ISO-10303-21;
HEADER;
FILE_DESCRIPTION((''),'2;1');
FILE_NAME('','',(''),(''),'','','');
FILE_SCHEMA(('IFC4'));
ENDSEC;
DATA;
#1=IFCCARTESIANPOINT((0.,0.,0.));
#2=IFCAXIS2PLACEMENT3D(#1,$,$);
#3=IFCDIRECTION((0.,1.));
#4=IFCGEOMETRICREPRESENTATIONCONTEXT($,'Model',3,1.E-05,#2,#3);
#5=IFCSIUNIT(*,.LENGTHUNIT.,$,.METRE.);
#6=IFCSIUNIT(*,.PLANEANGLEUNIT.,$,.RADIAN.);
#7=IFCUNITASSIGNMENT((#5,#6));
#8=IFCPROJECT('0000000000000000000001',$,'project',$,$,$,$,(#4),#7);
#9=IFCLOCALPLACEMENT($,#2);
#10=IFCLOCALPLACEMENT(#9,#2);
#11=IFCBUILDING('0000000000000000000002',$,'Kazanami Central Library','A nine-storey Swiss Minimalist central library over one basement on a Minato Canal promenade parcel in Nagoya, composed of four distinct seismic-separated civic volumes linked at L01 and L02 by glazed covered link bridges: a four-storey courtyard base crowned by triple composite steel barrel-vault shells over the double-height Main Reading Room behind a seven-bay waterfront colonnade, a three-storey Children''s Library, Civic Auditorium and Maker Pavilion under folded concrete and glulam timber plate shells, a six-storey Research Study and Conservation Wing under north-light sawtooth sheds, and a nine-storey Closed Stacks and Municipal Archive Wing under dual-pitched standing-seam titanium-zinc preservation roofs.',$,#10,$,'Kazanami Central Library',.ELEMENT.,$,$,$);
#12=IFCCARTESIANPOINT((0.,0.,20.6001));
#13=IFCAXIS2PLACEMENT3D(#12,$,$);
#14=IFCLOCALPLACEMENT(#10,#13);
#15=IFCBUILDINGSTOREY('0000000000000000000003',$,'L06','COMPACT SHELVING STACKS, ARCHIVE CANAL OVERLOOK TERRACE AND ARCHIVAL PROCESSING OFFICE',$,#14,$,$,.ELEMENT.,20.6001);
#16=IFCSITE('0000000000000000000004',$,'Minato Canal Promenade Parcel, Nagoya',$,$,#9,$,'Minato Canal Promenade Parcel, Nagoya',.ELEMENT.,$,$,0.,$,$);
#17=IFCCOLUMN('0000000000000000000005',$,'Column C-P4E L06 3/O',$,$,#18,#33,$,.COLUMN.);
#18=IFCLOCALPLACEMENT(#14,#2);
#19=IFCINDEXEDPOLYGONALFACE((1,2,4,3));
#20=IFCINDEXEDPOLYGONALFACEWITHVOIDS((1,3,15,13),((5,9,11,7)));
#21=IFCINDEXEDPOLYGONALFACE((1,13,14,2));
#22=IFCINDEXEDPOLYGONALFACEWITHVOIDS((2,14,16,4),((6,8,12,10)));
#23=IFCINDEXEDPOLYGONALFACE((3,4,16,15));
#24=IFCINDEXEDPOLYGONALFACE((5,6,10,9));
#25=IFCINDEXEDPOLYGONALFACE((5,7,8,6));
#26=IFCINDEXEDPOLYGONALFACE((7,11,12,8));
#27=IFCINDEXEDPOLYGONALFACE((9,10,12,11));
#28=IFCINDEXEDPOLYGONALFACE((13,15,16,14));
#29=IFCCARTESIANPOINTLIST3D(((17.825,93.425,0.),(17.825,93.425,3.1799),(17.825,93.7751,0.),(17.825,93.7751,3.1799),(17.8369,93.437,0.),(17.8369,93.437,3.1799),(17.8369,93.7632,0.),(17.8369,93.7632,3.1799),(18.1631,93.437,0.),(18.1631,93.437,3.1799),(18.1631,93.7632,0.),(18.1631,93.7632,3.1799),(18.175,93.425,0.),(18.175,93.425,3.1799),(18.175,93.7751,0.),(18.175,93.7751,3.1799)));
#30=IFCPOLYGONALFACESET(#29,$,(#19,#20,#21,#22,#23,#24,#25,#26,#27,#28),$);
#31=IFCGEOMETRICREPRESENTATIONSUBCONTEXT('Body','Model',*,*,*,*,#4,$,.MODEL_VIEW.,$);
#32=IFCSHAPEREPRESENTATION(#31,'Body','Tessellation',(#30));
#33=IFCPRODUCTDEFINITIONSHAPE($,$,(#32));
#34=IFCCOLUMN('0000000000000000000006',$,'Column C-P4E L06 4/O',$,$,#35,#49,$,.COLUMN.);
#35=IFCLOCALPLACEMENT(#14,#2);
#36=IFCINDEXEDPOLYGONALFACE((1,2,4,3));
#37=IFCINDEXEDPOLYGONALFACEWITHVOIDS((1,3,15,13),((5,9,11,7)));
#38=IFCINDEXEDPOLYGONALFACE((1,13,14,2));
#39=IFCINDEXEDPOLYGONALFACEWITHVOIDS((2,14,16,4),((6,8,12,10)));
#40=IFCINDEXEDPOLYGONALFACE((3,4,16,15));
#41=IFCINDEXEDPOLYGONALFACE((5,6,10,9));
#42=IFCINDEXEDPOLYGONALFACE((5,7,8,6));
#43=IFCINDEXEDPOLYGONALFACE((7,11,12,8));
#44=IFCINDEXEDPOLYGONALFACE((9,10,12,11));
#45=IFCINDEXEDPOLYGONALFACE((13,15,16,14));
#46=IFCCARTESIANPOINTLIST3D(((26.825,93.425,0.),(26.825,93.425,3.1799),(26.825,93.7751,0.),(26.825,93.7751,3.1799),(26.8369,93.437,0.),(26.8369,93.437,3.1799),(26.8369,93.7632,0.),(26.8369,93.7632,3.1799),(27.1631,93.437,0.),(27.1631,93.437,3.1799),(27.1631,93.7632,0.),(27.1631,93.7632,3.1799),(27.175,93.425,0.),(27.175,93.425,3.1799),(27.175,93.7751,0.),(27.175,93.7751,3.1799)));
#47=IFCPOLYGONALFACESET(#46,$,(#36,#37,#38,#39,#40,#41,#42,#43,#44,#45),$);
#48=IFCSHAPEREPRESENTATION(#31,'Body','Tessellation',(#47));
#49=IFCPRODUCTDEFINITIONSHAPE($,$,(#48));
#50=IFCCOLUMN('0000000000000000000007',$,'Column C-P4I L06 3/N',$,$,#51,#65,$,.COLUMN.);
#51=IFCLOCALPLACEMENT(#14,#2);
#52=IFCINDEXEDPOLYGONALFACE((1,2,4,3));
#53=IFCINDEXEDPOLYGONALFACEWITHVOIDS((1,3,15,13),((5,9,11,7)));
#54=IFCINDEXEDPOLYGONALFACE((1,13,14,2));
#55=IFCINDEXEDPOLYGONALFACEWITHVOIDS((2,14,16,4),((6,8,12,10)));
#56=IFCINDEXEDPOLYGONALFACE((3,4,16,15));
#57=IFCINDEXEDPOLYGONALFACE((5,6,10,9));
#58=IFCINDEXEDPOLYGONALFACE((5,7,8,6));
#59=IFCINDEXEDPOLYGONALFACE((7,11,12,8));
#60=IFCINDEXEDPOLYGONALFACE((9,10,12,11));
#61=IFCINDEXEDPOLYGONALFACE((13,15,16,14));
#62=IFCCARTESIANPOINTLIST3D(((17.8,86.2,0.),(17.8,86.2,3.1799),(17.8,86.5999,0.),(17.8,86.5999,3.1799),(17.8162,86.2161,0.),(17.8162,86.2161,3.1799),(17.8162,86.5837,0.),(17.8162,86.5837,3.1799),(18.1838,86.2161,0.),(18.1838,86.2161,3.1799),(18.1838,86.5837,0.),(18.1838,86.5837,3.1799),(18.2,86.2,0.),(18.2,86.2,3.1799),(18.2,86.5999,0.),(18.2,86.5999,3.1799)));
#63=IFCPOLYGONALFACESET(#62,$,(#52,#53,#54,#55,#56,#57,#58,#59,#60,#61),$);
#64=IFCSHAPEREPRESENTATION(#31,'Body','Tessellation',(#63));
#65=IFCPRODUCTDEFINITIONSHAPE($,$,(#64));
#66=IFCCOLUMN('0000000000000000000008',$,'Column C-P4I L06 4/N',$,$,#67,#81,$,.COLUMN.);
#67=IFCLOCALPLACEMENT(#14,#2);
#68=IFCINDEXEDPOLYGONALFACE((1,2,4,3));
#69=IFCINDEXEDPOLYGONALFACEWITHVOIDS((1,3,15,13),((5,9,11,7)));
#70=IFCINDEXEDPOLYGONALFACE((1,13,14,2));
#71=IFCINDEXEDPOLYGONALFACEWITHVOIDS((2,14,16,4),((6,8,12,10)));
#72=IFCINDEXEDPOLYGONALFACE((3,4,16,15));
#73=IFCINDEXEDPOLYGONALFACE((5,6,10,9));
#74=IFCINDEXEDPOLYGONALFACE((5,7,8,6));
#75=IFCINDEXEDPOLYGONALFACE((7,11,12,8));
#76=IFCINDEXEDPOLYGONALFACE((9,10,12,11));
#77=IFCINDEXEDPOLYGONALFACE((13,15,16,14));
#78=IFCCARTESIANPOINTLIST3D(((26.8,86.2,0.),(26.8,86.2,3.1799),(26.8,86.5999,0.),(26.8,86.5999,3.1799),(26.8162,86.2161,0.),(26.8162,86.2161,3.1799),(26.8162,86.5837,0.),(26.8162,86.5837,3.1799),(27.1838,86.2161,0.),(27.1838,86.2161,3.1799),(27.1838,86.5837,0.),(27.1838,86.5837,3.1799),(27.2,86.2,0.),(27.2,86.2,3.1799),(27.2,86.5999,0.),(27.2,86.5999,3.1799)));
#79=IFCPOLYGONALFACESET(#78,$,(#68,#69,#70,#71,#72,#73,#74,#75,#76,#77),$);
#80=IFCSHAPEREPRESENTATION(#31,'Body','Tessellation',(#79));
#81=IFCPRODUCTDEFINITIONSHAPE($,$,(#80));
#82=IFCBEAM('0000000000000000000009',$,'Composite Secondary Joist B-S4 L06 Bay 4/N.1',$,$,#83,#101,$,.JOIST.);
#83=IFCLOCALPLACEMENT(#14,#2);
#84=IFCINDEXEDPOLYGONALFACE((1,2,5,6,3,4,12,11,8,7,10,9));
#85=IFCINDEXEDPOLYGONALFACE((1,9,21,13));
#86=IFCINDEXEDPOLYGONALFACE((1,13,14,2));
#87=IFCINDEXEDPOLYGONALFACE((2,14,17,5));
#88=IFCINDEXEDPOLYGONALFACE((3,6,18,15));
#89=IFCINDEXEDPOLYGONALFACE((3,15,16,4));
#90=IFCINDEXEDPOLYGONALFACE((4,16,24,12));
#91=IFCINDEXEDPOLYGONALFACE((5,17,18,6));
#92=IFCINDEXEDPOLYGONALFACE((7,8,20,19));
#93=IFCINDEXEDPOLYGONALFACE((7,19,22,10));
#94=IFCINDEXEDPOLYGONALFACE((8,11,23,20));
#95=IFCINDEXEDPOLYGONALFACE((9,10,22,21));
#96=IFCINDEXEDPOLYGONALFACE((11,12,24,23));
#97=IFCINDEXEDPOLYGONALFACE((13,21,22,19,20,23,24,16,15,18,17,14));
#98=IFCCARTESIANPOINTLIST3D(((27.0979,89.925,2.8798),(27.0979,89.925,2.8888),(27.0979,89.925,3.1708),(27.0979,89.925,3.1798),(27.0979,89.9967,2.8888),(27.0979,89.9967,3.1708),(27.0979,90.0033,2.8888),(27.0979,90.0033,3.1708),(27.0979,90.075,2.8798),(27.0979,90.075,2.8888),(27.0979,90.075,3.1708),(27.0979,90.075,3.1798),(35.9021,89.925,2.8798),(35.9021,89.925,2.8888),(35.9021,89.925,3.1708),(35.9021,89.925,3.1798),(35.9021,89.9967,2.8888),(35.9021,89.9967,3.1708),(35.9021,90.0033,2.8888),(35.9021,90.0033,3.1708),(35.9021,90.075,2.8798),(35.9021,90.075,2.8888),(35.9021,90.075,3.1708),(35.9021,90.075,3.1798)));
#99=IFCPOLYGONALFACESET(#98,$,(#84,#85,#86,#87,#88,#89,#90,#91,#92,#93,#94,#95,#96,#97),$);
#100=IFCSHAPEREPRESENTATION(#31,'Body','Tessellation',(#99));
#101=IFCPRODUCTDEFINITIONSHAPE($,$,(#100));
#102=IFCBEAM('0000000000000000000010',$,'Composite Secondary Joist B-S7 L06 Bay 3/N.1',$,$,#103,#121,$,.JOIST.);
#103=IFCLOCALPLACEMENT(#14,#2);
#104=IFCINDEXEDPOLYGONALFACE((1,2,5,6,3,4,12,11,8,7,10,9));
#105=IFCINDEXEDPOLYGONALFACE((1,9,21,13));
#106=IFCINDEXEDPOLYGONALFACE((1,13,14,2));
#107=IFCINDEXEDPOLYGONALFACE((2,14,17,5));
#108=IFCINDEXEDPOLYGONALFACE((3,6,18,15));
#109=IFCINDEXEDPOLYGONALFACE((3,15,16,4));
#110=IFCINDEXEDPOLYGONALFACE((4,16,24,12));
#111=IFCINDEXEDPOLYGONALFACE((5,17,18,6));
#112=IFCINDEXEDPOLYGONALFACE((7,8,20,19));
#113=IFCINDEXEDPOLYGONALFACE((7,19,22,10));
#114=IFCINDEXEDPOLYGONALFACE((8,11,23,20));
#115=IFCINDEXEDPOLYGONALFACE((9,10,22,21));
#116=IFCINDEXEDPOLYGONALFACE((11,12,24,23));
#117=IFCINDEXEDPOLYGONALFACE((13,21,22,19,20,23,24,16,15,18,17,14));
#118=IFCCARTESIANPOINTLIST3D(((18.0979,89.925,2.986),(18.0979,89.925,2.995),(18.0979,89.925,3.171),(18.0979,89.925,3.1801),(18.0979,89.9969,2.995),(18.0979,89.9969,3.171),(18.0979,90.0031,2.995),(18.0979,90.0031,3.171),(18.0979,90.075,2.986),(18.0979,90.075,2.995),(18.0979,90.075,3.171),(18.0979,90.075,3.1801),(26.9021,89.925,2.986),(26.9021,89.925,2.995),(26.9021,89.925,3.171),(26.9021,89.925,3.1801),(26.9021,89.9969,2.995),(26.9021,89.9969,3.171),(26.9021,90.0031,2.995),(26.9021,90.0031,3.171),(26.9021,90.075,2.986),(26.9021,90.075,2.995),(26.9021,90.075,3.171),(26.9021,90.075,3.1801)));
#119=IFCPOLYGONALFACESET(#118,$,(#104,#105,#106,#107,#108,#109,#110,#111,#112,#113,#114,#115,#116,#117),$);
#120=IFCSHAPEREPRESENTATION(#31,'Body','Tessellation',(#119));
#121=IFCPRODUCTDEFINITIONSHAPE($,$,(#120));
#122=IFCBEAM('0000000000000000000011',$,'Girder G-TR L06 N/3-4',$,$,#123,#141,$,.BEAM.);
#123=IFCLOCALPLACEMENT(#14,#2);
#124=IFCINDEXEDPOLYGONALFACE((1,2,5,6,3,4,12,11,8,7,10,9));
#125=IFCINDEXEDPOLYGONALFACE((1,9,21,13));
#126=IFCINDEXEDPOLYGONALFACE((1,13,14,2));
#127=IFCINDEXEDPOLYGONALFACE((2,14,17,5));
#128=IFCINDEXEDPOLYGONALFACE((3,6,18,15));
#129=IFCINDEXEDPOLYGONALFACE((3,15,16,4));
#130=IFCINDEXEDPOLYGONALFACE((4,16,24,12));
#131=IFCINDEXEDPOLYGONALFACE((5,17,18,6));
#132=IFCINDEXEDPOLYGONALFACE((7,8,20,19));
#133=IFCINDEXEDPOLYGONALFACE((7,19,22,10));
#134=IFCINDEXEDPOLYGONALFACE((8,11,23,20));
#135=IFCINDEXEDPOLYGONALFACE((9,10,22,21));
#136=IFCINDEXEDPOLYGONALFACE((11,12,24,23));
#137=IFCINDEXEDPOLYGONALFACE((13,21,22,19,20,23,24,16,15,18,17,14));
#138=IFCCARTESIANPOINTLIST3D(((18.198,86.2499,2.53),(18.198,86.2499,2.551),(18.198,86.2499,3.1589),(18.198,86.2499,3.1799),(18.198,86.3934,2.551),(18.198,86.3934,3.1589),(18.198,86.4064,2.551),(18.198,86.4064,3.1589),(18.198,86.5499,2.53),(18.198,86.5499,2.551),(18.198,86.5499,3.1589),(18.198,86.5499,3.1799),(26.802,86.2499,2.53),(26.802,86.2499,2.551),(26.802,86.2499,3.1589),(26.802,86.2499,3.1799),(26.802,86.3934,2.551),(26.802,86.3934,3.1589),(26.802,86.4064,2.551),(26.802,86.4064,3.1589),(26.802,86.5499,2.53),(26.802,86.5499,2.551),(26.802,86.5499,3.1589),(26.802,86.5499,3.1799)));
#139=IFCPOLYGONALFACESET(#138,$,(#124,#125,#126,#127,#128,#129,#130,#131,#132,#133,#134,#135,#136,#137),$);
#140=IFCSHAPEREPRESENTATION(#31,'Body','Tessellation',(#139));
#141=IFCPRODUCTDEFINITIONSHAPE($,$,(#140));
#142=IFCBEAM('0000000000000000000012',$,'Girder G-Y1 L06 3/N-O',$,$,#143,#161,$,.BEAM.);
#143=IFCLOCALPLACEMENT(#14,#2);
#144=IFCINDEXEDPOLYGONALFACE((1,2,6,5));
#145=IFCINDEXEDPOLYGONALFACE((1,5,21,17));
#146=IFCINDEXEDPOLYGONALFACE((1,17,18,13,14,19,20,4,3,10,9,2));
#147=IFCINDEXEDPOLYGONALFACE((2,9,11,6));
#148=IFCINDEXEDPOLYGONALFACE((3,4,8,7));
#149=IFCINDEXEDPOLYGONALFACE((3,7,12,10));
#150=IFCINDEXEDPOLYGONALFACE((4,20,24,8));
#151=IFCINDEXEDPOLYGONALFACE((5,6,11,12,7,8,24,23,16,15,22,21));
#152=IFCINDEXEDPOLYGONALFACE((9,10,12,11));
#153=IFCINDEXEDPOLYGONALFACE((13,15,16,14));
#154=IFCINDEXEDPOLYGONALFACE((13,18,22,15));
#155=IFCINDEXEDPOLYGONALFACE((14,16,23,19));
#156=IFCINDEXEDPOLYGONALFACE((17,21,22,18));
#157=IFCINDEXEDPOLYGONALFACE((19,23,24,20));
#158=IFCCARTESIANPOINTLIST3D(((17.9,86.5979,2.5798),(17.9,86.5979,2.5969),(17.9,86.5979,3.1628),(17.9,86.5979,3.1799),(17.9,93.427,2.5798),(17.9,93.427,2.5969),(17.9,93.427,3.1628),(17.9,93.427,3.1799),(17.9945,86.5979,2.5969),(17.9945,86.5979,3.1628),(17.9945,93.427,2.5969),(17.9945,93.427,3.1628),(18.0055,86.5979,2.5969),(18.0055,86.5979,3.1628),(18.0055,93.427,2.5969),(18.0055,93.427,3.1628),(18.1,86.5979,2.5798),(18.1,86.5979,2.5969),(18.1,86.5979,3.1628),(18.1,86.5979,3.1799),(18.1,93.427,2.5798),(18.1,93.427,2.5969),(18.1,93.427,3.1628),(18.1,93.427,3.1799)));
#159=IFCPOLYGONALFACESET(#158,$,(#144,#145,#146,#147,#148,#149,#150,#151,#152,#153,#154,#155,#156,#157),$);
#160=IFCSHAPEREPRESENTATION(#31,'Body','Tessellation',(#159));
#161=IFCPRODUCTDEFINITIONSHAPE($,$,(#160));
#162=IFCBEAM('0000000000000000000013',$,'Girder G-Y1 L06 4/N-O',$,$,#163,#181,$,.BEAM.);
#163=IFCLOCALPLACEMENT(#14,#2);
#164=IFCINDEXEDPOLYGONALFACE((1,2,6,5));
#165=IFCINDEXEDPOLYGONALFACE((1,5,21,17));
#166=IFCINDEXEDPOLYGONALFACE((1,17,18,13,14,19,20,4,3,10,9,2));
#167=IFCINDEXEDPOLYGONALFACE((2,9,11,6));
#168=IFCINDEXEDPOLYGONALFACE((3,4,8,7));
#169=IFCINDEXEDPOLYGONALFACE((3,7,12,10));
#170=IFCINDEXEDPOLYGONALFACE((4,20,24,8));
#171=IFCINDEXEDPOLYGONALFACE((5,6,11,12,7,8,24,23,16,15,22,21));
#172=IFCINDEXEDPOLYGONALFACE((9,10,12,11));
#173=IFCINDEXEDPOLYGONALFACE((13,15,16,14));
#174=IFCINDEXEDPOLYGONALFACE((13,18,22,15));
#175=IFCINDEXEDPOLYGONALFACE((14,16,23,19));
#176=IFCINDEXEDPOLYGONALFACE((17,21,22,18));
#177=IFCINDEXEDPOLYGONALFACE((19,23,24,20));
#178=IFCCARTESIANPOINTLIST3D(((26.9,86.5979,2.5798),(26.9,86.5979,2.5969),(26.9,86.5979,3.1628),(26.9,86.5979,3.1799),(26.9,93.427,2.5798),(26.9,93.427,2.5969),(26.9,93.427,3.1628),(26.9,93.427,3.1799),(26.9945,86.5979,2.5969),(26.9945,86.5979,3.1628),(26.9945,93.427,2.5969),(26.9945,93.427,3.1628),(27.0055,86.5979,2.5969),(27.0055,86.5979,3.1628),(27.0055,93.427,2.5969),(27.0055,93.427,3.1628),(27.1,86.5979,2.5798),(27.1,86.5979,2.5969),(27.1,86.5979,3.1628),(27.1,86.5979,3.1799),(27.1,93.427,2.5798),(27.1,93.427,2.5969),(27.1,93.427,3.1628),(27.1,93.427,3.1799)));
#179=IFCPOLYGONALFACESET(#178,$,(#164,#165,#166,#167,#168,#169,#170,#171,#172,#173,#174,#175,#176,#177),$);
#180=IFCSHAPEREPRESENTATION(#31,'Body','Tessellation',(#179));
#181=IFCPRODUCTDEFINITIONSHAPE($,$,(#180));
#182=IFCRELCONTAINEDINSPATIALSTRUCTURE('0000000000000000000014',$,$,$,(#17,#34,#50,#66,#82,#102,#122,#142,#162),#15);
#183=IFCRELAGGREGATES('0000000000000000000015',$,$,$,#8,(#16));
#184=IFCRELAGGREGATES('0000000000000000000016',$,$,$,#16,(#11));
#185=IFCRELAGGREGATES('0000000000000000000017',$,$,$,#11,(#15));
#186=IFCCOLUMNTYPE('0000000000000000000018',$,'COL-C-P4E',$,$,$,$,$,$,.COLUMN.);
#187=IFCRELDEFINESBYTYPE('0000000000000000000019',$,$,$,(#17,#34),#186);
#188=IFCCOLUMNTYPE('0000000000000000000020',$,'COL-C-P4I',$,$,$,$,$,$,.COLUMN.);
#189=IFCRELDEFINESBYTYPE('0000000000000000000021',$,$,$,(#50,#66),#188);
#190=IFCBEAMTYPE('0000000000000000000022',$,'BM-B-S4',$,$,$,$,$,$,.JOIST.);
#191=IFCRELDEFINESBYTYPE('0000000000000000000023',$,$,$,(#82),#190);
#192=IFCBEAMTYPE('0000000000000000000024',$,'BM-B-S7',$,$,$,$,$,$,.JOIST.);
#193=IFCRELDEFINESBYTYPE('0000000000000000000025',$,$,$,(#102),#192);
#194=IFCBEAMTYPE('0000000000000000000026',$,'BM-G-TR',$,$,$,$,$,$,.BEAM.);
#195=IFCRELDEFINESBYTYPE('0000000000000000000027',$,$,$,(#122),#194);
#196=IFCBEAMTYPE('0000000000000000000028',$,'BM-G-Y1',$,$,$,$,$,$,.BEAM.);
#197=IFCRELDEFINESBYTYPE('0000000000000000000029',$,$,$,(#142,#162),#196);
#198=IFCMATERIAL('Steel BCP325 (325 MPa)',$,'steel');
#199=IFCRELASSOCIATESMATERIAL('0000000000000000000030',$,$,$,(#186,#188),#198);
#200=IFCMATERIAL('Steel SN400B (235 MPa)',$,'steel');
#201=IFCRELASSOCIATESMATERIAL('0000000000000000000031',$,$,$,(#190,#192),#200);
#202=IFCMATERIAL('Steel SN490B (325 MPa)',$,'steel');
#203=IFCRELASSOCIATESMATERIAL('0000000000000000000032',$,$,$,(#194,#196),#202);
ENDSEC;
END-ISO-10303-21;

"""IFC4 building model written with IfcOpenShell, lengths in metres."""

from ifc_helpers import new_model, si_unit, direction, frame, origin, origin_2d, place, context, subcontext, project, spatial, hollow_rectangle, i_section, extrude, material, material_profile, profile_set, type_object, element, save


model = new_model("IFC4")

# Units and contexts
model_context = context("Model", 3, precision=1e-05, world=origin(), true_north=direction((0.0, 1.0)))
body_context = subcontext(model_context, "Body", "Model", "MODEL_VIEW")
ifc_project = project(units=[si_unit("LENGTHUNIT", "METRE"), si_unit("PLANEANGLEUNIT", "RADIAN")], contexts=[model_context])

# Site, building, storey
site_placement = place(None, origin())
site = spatial("IfcSite", under=ifc_project, at=site_placement, Name="Minato Canal Promenade Parcel, Nagoya", LongName="Minato Canal Promenade Parcel, Nagoya", CompositionType="ELEMENT", RefElevation=0.0)
building_placement = place(site_placement, origin())
building = spatial("IfcBuilding", under=site, at=building_placement, Name="Kazanami Central Library", Description="A nine-storey Swiss Minimalist central library over one basement on a Minato Canal promenade parcel in Nagoya, composed of four distinct seismic-separated civic volumes linked at L01 and L02 by glazed covered link bridges: a four-storey courtyard base crowned by triple composite steel barrel-vault shells over the double-height Main Reading Room behind a seven-bay waterfront colonnade, a three-storey Children's Library, Civic Auditorium and Maker Pavilion under folded concrete and glulam timber plate shells, a six-storey Research Study and Conservation Wing under north-light sawtooth sheds, and a nine-storey Closed Stacks and Municipal Archive Wing under dual-pitched standing-seam titanium-zinc preservation roofs.", LongName="Kazanami Central Library", CompositionType="ELEMENT")
storey_placement = place(building_placement, frame((0.0, 0.0, 20.6001)))
storey = spatial("IfcBuildingStorey", under=building, at=storey_placement, Name="L06", Description="COMPACT SHELVING STACKS, ARCHIVE CANAL OVERLOOK TERRACE AND ARCHIVAL PROCESSING OFFICE", CompositionType="ELEMENT", Elevation=20.6001)

# Columns
ifc_material_1 = material(Name="Steel BCP325 (325 MPa)", Category="steel")
ifc_material_profile_1 = material_profile(ifc_material_1, hollow_rectangle(XDim=0.3501, YDim=0.3501, WallThickness=0.012, at=origin_2d()), Name="STKR-350x350x12")
ifc_profile_set_1 = profile_set([ifc_material_profile_1], Name="Steel BCP325 (325 MPa)")
column_type_1 = type_object("IfcColumnType", Name="COL-C-P4E", PredefinedType="COLUMN", material=ifc_profile_set_1)
for number, where, z_axis, x_axis, name in (
    (1, (18.0, 93.6001, 0.0), (0.0, 0.0, 1.0), (1.0, 0.0, 0.0), "Column C-P4E L06 3/O"),
    (2, (27.0, 93.6001, 0.0), (0.0, 0.0, 1.0), (1.0, 0.0, 0.0), "Column C-P4E L06 4/O"),
):
    element("IfcColumn", number, at=place(storey_placement, frame(where, z_axis=z_axis, x_axis=x_axis)), inside=storey, type_object=column_type_1, Name=name, PredefinedType="COLUMN", context=body_context, shape_type="SweptSolid", body=[
        extrude(hollow_rectangle(XDim=0.3501, YDim=0.3501, WallThickness=0.012, at=origin_2d()), origin(), (0.0, 0.0, 1.0), 3.1799),
    ])
ifc_material_profile_2 = material_profile(ifc_material_1, hollow_rectangle(XDim=0.3999, YDim=0.3999, WallThickness=0.0161, at=origin_2d()), Name="BCP-400x400x16")
ifc_profile_set_2 = profile_set([ifc_material_profile_2], Name="Steel BCP325 (325 MPa)")
column_type_2 = type_object("IfcColumnType", Name="COL-C-P4I", PredefinedType="COLUMN", material=ifc_profile_set_2)
for number, where, z_axis, x_axis, name in (
    (3, (18.0, 86.3999, 0.0), (0.0, 0.0, 1.0), (1.0, 0.0, 0.0), "Column C-P4I L06 3/N"),
    (4, (27.0, 86.3999, 0.0), (0.0, 0.0, 1.0), (1.0, 0.0, 0.0), "Column C-P4I L06 4/N"),
):
    element("IfcColumn", number, at=place(storey_placement, frame(where, z_axis=z_axis, x_axis=x_axis)), inside=storey, type_object=column_type_2, Name=name, PredefinedType="COLUMN", context=body_context, shape_type="SweptSolid", body=[
        extrude(hollow_rectangle(XDim=0.3999, YDim=0.3999, WallThickness=0.0161, at=origin_2d()), origin(), (0.0, 0.0, 1.0), 3.1799),
    ])

# Beams
ifc_material_2 = material(Name="Steel SN400B (235 MPa)", Category="steel")
ifc_material_profile_3 = material_profile(ifc_material_2, i_section(OverallWidth=0.1499, OverallDepth=0.3, WebThickness=0.0066, FlangeThickness=0.009, at=origin_2d()), Name="H-300x150x6.5x9")
ifc_profile_set_3 = profile_set([ifc_material_profile_3], Name="Steel SN400B (235 MPa)")
beam_type_1 = type_object("IfcBeamType", Name="BM-B-S4", PredefinedType="JOIST", material=ifc_profile_set_3)
beam_1_placement = place(storey_placement, frame((27.0979, 90.0, 3.0298), z_axis=(1.0, 0.0, 0.0), x_axis=(0.0, 1.0, 0.0)))
element("IfcBeam", 5, at=beam_1_placement, inside=storey, type_object=beam_type_1, Name="Composite Secondary Joist B-S4 L06 Bay 4/N.1", PredefinedType="JOIST", context=body_context, shape_type="SweptSolid", body=[
    extrude(i_section(OverallWidth=0.1499, OverallDepth=0.3, WebThickness=0.0066, FlangeThickness=0.009, at=origin_2d()), origin(), (0.0, 0.0, 1.0), 8.8042),
])
ifc_material_profile_4 = material_profile(ifc_material_2, i_section(OverallWidth=0.1499, OverallDepth=0.1941, WebThickness=0.0061, FlangeThickness=0.009, at=origin_2d()), Name="H-194x150x6x9")
ifc_profile_set_4 = profile_set([ifc_material_profile_4], Name="Steel SN400B (235 MPa)")
beam_type_2 = type_object("IfcBeamType", Name="BM-B-S7", PredefinedType="JOIST", material=ifc_profile_set_4)
beam_2_placement = place(storey_placement, frame((18.0979, 90.0, 3.083), z_axis=(1.0, 0.0, 0.0), x_axis=(0.0, 1.0, 0.0)))
element("IfcBeam", 6, at=beam_2_placement, inside=storey, type_object=beam_type_2, Name="Composite Secondary Joist B-S7 L06 Bay 3/N.1", PredefinedType="JOIST", context=body_context, shape_type="SweptSolid", body=[
    extrude(i_section(OverallWidth=0.1499, OverallDepth=0.1941, WebThickness=0.0061, FlangeThickness=0.009, at=origin_2d()), origin(), (0.0, 0.0, 1.0), 8.8042),
])
ifc_material_3 = material(Name="Steel SN490B (325 MPa)", Category="steel")
ifc_material_profile_5 = material_profile(ifc_material_3, i_section(OverallWidth=0.3, OverallDepth=0.6499, WebThickness=0.0129, FlangeThickness=0.021, at=origin_2d()), Name="H-650x300x13x21")
ifc_profile_set_5 = profile_set([ifc_material_profile_5], Name="Steel SN490B (325 MPa)")
beam_type_3 = type_object("IfcBeamType", Name="BM-G-TR", PredefinedType="BEAM", material=ifc_profile_set_5)
beam_3_placement = place(storey_placement, frame((18.198, 86.3999, 2.855), z_axis=(1.0, 0.0, 0.0), x_axis=(0.0, 1.0, 0.0)))
element("IfcBeam", 7, at=beam_3_placement, inside=storey, type_object=beam_type_3, Name="Girder G-TR L06 N/3-4", PredefinedType="BEAM", context=body_context, shape_type="SweptSolid", body=[
    extrude(i_section(OverallWidth=0.3, OverallDepth=0.6499, WebThickness=0.0129, FlangeThickness=0.021, at=origin_2d()), origin(), (0.0, 0.0, 1.0), 8.604),
])
ifc_material_profile_6 = material_profile(ifc_material_3, i_section(OverallWidth=0.2, OverallDepth=0.6001, WebThickness=0.011, FlangeThickness=0.0171, at=origin_2d()), Name="H-600x200x11x17")
ifc_profile_set_6 = profile_set([ifc_material_profile_6], Name="Steel SN490B (325 MPa)")
beam_type_4 = type_object("IfcBeamType", Name="BM-G-Y1", PredefinedType="BEAM", material=ifc_profile_set_6)
for number, where, z_axis, x_axis, name in (
    (8, (18.0, 86.5979, 2.8799), (0.0, 1.0, 0.0), (-1.0, 0.0, 0.0), "Girder G-Y1 L06 3/N-O"),
    (9, (27.0, 86.5979, 2.8799), (0.0, 1.0, 0.0), (-1.0, 0.0, 0.0), "Girder G-Y1 L06 4/N-O"),
):
    element("IfcBeam", number, at=place(storey_placement, frame(where, z_axis=z_axis, x_axis=x_axis)), inside=storey, type_object=beam_type_4, Name=name, PredefinedType="BEAM", context=body_context, shape_type="SweptSolid", body=[
        extrude(i_section(OverallWidth=0.2, OverallDepth=0.6001, WebThickness=0.011, FlangeThickness=0.0171, at=origin_2d()), origin(), (0.0, 0.0, 1.0), 6.8291),
    ])

save(model, "model.ifc")
